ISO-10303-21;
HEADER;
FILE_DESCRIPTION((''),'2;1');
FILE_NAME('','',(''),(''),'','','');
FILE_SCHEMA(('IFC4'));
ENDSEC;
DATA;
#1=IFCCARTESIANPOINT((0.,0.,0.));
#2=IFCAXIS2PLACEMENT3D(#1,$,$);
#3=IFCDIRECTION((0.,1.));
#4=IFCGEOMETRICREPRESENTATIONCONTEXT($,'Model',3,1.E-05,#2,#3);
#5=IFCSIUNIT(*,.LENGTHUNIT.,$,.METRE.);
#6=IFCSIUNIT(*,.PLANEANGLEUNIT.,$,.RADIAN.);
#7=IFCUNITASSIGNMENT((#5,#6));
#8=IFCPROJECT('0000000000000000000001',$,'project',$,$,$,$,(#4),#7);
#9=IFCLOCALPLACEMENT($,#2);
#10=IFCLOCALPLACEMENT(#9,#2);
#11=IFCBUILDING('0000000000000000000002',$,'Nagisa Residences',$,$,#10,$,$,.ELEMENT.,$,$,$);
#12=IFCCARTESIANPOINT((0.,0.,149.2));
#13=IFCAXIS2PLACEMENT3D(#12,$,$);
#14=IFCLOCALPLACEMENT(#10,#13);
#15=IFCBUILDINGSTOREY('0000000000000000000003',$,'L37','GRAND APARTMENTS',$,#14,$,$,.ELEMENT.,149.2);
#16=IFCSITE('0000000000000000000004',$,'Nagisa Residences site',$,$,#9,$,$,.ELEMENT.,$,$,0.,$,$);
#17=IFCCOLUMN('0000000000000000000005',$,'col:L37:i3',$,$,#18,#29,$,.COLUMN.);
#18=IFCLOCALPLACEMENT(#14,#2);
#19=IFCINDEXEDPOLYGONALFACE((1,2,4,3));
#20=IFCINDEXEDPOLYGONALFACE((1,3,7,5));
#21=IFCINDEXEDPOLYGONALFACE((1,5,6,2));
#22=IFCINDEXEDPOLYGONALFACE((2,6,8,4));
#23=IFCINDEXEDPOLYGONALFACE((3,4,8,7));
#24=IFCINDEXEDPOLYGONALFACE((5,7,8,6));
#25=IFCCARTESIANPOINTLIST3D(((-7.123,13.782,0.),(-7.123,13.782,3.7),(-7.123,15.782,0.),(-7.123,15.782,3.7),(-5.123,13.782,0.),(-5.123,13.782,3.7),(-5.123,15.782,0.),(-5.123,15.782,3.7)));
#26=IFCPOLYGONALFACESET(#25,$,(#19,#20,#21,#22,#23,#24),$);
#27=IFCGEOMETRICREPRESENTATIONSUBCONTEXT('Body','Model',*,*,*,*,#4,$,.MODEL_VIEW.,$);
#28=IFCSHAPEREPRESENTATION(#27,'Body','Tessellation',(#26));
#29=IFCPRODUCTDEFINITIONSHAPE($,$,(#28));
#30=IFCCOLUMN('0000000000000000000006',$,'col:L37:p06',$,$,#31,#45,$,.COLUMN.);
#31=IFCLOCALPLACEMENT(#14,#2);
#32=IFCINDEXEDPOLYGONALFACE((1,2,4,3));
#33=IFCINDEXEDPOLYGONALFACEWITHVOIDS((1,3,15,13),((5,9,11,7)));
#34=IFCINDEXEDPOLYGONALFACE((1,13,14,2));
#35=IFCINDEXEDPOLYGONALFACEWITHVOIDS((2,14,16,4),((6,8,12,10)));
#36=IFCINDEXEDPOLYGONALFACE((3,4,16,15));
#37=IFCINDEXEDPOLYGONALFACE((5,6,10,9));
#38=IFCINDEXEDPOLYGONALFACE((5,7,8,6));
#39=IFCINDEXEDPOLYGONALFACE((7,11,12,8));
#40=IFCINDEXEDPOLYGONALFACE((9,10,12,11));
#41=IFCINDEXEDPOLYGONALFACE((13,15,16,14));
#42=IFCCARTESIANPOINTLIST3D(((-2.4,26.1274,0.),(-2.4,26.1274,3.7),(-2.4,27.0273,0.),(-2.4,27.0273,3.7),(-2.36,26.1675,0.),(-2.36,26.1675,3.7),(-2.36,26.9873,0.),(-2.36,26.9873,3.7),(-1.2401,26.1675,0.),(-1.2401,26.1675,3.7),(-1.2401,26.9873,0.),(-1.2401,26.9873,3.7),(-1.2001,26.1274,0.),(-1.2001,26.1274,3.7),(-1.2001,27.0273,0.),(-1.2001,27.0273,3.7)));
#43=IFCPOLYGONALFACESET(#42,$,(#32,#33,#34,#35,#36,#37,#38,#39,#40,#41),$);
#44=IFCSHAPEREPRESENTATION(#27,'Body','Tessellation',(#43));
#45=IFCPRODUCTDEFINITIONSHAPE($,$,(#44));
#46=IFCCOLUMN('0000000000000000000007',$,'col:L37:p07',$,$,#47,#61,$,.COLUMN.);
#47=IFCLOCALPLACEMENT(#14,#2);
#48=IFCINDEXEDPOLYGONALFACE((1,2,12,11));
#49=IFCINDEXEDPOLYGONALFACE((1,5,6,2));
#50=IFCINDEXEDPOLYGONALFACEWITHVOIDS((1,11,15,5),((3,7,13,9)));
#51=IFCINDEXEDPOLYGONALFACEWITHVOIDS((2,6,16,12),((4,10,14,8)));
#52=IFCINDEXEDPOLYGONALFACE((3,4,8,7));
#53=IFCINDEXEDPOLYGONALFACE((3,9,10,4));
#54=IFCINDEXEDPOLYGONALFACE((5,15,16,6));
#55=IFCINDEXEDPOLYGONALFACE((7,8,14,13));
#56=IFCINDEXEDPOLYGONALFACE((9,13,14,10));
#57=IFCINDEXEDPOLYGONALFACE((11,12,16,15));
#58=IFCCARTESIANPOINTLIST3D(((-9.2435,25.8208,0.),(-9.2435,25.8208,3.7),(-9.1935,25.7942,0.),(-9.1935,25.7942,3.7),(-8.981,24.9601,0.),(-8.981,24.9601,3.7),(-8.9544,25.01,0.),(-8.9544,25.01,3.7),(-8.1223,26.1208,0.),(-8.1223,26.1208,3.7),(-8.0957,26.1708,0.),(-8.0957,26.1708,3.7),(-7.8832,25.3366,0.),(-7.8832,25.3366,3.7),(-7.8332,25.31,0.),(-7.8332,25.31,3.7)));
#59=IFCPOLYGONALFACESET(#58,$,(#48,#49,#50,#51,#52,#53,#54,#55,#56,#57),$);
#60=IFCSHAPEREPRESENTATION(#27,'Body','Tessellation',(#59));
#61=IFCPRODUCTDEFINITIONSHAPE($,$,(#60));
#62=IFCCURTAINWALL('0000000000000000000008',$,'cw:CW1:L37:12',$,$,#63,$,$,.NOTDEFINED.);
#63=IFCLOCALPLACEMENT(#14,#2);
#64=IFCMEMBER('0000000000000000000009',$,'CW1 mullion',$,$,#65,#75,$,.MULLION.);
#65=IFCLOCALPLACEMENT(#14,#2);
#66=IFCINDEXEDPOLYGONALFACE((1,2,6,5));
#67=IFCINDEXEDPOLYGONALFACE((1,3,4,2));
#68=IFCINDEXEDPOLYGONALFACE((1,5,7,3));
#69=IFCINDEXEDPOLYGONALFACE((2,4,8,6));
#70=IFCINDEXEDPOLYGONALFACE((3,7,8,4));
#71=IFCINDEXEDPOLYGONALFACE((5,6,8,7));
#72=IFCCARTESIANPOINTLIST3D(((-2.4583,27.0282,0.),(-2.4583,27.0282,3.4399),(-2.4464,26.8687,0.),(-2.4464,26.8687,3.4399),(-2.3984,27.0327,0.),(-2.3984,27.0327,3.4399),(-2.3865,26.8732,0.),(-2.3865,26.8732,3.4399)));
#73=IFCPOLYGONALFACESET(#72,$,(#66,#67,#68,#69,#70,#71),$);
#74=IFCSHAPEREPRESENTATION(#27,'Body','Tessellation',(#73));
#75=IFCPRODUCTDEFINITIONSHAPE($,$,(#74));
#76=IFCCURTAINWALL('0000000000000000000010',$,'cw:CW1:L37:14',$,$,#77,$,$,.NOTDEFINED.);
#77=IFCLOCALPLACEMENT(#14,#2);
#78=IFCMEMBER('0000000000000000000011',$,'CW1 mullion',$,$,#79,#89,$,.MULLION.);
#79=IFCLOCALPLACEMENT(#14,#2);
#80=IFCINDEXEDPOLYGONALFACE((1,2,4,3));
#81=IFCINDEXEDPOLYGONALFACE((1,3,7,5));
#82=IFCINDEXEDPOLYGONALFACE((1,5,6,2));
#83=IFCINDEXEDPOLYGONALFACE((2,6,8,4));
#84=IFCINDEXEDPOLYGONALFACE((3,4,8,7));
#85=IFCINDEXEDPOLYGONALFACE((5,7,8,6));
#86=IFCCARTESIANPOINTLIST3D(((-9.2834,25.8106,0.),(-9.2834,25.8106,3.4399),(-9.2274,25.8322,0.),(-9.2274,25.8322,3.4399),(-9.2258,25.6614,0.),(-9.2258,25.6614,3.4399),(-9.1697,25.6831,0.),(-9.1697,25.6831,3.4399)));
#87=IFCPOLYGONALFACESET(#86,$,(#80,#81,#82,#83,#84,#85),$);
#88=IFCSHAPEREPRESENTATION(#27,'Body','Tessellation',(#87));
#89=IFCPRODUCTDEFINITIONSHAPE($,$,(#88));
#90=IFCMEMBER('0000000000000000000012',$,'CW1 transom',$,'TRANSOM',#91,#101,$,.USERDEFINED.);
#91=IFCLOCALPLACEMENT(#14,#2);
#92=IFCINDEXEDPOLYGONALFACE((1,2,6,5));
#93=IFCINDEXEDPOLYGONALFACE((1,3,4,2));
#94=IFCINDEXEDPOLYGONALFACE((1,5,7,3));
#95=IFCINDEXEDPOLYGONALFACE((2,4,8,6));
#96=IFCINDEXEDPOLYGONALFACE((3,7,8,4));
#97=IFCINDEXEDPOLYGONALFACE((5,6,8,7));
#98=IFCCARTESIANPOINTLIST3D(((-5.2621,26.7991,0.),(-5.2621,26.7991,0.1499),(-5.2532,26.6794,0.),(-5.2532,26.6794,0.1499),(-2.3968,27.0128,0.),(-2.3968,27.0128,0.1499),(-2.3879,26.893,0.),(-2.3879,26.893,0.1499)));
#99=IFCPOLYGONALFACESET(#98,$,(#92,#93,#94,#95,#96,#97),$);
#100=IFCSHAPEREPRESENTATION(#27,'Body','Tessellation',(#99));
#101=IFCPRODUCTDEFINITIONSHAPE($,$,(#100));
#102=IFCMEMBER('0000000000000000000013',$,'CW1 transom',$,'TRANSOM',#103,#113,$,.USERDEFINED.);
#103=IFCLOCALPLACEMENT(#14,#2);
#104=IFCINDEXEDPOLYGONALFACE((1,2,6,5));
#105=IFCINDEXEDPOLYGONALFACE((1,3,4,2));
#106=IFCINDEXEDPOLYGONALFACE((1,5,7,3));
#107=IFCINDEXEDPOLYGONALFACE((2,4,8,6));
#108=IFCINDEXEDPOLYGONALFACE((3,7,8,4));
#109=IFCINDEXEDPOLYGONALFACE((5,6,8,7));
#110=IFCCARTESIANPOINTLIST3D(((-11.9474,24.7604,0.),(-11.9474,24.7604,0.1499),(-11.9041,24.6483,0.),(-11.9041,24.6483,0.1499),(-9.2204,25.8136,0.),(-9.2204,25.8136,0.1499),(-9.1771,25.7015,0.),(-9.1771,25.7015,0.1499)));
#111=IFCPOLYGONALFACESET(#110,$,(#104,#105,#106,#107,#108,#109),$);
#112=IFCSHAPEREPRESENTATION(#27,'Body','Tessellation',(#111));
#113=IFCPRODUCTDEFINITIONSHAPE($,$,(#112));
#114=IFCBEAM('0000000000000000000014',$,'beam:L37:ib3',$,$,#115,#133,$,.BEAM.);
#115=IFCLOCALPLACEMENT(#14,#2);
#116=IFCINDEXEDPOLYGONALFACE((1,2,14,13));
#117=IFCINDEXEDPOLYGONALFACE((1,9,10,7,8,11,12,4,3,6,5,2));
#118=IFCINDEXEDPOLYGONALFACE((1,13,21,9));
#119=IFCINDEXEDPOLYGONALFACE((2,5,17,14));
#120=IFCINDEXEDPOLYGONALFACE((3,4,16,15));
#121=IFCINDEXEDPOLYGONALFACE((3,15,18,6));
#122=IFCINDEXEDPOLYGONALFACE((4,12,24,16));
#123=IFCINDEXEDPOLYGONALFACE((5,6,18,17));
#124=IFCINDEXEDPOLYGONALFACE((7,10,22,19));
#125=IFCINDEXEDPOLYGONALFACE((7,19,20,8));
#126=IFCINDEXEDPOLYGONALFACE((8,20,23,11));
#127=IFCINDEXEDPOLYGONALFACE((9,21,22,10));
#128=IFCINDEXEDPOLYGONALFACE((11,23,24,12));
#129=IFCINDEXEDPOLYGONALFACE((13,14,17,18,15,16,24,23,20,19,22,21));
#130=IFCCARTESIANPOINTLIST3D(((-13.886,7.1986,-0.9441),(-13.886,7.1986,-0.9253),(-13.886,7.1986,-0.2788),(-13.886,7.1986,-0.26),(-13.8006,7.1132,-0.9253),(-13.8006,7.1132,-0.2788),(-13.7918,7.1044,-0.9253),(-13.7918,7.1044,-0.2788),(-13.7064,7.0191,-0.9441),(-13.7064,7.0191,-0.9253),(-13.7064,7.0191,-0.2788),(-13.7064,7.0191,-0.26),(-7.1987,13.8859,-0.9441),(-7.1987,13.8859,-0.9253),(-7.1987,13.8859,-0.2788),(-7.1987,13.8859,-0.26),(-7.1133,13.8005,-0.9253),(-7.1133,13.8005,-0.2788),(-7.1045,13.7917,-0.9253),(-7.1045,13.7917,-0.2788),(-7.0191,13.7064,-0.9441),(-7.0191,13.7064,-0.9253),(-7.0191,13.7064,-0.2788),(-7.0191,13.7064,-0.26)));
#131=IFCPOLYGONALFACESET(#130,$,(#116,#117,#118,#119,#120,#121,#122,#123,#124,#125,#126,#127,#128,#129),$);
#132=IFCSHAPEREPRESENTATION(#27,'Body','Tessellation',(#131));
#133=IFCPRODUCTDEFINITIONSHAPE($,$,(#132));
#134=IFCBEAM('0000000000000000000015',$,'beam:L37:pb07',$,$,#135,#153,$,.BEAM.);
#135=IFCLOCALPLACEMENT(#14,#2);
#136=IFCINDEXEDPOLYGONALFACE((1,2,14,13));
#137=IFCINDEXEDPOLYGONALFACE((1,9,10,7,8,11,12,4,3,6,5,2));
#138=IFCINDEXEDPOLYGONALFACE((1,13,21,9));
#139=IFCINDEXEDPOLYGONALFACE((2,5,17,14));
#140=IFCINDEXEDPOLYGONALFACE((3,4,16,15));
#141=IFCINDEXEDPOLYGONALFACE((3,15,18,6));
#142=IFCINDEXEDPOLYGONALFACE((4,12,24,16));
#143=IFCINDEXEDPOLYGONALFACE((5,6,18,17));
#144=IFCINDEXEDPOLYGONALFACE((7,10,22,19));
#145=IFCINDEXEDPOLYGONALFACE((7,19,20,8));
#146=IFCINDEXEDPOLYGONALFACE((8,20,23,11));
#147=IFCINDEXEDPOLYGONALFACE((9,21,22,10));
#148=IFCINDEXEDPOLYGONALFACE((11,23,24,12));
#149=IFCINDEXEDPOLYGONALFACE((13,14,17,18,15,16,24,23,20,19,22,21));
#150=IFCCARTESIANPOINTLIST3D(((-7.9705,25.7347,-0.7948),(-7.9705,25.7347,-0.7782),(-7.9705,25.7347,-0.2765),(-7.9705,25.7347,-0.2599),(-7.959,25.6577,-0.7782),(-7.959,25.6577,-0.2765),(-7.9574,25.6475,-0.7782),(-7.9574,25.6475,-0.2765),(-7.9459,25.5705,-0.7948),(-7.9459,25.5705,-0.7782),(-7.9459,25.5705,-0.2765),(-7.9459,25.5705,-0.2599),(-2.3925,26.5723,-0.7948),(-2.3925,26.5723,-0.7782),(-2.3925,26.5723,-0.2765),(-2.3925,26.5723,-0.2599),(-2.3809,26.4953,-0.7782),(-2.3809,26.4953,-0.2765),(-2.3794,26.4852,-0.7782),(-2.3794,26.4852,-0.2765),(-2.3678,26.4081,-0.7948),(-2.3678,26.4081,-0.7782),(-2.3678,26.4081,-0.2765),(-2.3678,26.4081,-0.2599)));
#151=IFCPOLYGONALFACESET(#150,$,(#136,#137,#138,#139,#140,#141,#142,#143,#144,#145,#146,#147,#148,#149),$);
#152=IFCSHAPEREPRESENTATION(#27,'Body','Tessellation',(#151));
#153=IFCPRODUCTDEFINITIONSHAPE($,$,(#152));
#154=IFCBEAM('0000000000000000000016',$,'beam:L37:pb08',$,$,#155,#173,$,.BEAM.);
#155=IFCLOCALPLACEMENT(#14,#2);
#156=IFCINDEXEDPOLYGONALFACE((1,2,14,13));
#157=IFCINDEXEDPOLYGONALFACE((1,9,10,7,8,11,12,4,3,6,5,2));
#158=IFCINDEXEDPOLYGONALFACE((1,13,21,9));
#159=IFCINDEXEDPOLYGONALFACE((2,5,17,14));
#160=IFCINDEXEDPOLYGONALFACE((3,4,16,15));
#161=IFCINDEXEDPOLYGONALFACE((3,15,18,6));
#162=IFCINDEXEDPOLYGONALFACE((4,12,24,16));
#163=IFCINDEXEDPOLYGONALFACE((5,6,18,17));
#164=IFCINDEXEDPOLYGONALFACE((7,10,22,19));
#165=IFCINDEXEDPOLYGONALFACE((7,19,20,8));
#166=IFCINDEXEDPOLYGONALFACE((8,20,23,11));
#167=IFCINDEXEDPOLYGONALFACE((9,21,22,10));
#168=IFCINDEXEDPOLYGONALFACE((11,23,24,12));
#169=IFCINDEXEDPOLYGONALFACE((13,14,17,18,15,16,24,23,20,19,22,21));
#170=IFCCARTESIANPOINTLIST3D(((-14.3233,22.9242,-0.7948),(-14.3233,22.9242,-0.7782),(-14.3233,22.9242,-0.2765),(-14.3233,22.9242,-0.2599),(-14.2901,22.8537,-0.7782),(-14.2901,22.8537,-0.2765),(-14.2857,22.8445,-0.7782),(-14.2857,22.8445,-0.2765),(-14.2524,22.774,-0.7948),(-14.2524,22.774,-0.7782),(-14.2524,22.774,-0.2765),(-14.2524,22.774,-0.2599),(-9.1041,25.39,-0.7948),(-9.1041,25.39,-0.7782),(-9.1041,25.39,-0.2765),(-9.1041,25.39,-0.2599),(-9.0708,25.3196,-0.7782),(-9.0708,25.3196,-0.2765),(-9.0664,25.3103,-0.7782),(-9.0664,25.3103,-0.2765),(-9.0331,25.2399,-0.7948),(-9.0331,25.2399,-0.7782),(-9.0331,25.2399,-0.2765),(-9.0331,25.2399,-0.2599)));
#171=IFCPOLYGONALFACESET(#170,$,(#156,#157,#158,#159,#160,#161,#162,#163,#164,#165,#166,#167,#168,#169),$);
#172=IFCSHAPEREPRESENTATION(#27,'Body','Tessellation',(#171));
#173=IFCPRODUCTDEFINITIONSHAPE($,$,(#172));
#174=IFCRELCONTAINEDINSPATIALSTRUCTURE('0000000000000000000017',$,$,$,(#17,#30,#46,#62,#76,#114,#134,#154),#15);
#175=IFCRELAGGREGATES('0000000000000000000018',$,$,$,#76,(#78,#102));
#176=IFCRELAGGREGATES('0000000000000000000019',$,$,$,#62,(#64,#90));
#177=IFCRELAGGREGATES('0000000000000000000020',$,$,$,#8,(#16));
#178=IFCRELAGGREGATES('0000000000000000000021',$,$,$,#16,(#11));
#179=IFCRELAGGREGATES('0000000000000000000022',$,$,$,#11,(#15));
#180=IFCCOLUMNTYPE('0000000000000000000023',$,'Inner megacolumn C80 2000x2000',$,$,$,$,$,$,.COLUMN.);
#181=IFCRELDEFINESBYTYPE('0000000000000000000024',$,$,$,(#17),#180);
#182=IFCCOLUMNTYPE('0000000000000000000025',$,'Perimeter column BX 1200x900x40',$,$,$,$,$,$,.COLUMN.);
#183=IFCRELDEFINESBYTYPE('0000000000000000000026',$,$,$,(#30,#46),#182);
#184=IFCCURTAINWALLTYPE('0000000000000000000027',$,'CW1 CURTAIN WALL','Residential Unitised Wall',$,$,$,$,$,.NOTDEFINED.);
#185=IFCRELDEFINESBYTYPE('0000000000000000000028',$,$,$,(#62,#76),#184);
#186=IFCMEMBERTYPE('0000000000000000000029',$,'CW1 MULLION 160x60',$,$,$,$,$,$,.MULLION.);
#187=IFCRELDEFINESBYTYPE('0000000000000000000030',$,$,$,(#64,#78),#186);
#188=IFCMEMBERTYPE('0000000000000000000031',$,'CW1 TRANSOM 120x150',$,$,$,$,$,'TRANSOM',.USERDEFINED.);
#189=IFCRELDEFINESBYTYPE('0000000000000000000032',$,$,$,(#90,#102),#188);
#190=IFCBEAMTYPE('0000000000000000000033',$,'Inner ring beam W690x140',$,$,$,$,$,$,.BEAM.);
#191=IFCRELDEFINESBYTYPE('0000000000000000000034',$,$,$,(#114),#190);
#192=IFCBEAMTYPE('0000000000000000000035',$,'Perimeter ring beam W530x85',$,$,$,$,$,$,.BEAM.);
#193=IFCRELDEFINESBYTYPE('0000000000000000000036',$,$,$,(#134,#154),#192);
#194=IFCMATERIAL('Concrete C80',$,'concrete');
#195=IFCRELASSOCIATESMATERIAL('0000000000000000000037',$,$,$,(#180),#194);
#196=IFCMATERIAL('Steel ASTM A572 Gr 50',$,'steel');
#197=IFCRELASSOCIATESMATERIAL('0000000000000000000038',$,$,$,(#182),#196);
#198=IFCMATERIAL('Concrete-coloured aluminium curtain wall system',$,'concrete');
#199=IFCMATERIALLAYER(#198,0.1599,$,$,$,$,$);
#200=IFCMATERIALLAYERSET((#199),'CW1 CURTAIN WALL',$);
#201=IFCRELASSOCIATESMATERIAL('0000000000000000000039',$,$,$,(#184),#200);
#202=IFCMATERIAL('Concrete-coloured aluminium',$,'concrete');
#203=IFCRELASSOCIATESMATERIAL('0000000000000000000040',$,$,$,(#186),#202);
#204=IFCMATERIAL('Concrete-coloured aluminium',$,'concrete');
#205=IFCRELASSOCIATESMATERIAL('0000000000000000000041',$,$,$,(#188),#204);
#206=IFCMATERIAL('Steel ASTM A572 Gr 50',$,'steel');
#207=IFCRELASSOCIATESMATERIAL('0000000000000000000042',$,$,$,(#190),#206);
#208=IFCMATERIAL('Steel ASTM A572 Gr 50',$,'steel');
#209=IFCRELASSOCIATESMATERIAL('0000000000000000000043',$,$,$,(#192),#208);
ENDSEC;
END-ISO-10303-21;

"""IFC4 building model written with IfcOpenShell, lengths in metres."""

from ifc_helpers import new_model, si_unit, direction, frame, origin, origin_2d, place, context, subcontext, project, spatial, rectangle, hollow_rectangle, i_section, extrude, material, layer, layer_set, material_profile, profile_set, type_object, element, aggregate, save


model = new_model("IFC4")

# Units and contexts
model_context = context("Model", 3, precision=1e-05, world=origin(), true_north=direction((0.0, 1.0)))
body_context = subcontext(model_context, "Body", "Model", "MODEL_VIEW")
ifc_project = project(units=[si_unit("LENGTHUNIT", "METRE"), si_unit("PLANEANGLEUNIT", "RADIAN")], contexts=[model_context])

# Site, building, storey
site_placement = place(None, origin())
site = spatial("IfcSite", under=ifc_project, at=site_placement, Name="Nagisa Residences site", CompositionType="ELEMENT", RefElevation=0.0)
building_placement = place(site_placement, origin())
building = spatial("IfcBuilding", under=site, at=building_placement, Name="Nagisa Residences", CompositionType="ELEMENT")
storey_placement = place(building_placement, frame((0.0, 0.0, 149.2)))
storey = spatial("IfcBuildingStorey", under=building, at=storey_placement, Name="L37", Description="GRAND APARTMENTS", CompositionType="ELEMENT", Elevation=149.2)

# Columns
ifc_material_1 = material(Name="Concrete C80", Category="concrete")
ifc_material_profile_1 = material_profile(ifc_material_1, rectangle(XDim=2.0, YDim=2.0, at=origin_2d()), Name="C80 2000x2000")
ifc_profile_set_1 = profile_set([ifc_material_profile_1], Name="Concrete C80")
column_type_1 = type_object("IfcColumnType", Name="Inner megacolumn C80 2000x2000", PredefinedType="COLUMN", material=ifc_profile_set_1)
column_placement = place(storey_placement, frame((-6.123, 14.782, 0.0), z_axis=(0.0, 0.0, 1.0), x_axis=(1.0, 0.0, 0.0)))
element("IfcColumn", 1, at=column_placement, inside=storey, type_object=column_type_1, Name="col:L37:i3", PredefinedType="COLUMN", context=body_context, shape_type="SweptSolid", body=[
    extrude(rectangle(XDim=2.0, YDim=2.0, at=origin_2d()), origin(), (0.0, 0.0, 1.0), 3.7),
])
ifc_material_2 = material(Name="Steel ASTM A572 Gr 50", Category="steel")
ifc_material_profile_2 = material_profile(ifc_material_2, hollow_rectangle(XDim=1.2, YDim=0.8999, WallThickness=0.04, at=origin_2d()), Name="BX 1200x900x40")
ifc_profile_set_2 = profile_set([ifc_material_profile_2], Name="Steel ASTM A572 Gr 50")
column_type_2 = type_object("IfcColumnType", Name="Perimeter column BX 1200x900x40", PredefinedType="COLUMN", material=ifc_profile_set_2)
for number, where, z_axis, x_axis, name in (
    (2, (-1.8, 26.5774, 0.0), (0.0, 0.0, 1.0), (-1.0, 0.0, 0.0), "col:L37:p06"),
    (3, (-8.5383, 25.5654, 0.0), (0.0, 0.0, 1.0), (-0.956525, -0.291652, 0.0), "col:L37:p07"),
):
    element("IfcColumn", number, at=place(storey_placement, frame(where, z_axis=z_axis, x_axis=x_axis)), inside=storey, type_object=column_type_2, Name=name, PredefinedType="COLUMN", context=body_context, shape_type="SweptSolid", body=[
        extrude(hollow_rectangle(XDim=1.2, YDim=0.8999, WallThickness=0.04, at=origin_2d()), origin(), (0.0, 0.0, 1.0), 3.7),
    ])

# Curtain walls, members
ifc_material_3 = material(Name="Concrete-coloured aluminium curtain wall system", Category="concrete")
ifc_layer_1 = layer(ifc_material_3, 0.1599)
ifc_layer_set_1 = layer_set([ifc_layer_1], Name="CW1 CURTAIN WALL")
curtain_wall_type = type_object("IfcCurtainWallType", Name="CW1 CURTAIN WALL", Description="Residential Unitised Wall", PredefinedType="NOTDEFINED", material=ifc_layer_set_1)
curtain_wall_1_placement = place(storey_placement, origin())
curtain_wall_1 = element("IfcCurtainWall", 4, at=curtain_wall_1_placement, inside=storey, type_object=curtain_wall_type, Name="cw:CW1:L37:12", PredefinedType="NOTDEFINED")
ifc_material_4 = material(Name="Concrete-coloured aluminium", Category="concrete")
ifc_material_profile_3 = material_profile(ifc_material_4, rectangle(XDim=0.1599, YDim=0.0601, at=origin_2d()), Name="CW1 MULLION 160x60")
ifc_profile_set_3 = profile_set([ifc_material_profile_3], Name="Concrete-coloured aluminium")
member_type_1 = type_object("IfcMemberType", Name="CW1 MULLION 160x60", PredefinedType="MULLION", material=ifc_profile_set_3)
member_1_placement = place(storey_placement, frame((-2.4224, 26.9507, 0.0), z_axis=(0.0, 0.0, 1.0), x_axis=(0.074377, -0.99723, 0.0)))
member_1 = element("IfcMember", 5, at=member_1_placement, type_object=member_type_1, Name="CW1 mullion", PredefinedType="MULLION", context=body_context, shape_type="SweptSolid", body=[
    extrude(rectangle(XDim=0.1599, YDim=0.0601, at=origin_2d()), origin(), (0.0, 0.0, 1.0), 3.4399),
])
curtain_wall_2_placement = place(storey_placement, origin())
curtain_wall_2 = element("IfcCurtainWall", 6, at=curtain_wall_2_placement, inside=storey, type_object=curtain_wall_type, Name="cw:CW1:L37:14", PredefinedType="NOTDEFINED")
member_2_placement = place(storey_placement, frame((-9.2266, 25.7468, 0.0), z_axis=(0.0, 0.0, 1.0), x_axis=(0.360328, -0.932826, 0.0)))
member_2 = element("IfcMember", 7, at=member_2_placement, type_object=member_type_1, Name="CW1 mullion", PredefinedType="MULLION", context=body_context, shape_type="SweptSolid", body=[
    extrude(rectangle(XDim=0.1599, YDim=0.0601, at=origin_2d()), origin(), (0.0, 0.0, 1.0), 3.4399),
])

# Members
ifc_material_5 = material(Name="Concrete-coloured aluminium", Category="concrete")
ifc_material_profile_4 = material_profile(ifc_material_5, rectangle(XDim=0.1201, YDim=0.1499, at=origin_2d()), Name="CW1 TRANSOM 120x150")
ifc_profile_set_4 = profile_set([ifc_material_profile_4], Name="Concrete-coloured aluminium")
member_type_2 = type_object("IfcMemberType", Name="CW1 TRANSOM 120x150", ElementType="TRANSOM", PredefinedType="USERDEFINED", material=ifc_profile_set_4)
member_3_placement = place(storey_placement, frame((-2.3923, 26.9529, 0.075), z_axis=(-0.997232, -0.074351, 0.0), x_axis=(0.074351, -0.997232, 0.0)))
member_3 = element("IfcMember", 8, at=member_3_placement, type_object=member_type_2, Name="CW1 transom", ObjectType="TRANSOM", PredefinedType="USERDEFINED", context=body_context, shape_type="SweptSolid", body=[
    extrude(rectangle(XDim=0.1201, YDim=0.1499, at=origin_2d()), origin(), (0.0, 0.0, 1.0), 2.8733),
])
member_4_placement = place(storey_placement, frame((-9.1987, 25.7576, 0.075), z_axis=(-0.932845, -0.360277, 0.0), x_axis=(0.360277, -0.932845, 0.0)))
member_4 = element("IfcMember", 9, at=member_4_placement, type_object=member_type_2, Name="CW1 transom", ObjectType="TRANSOM", PredefinedType="USERDEFINED", context=body_context, shape_type="SweptSolid", body=[
    extrude(rectangle(XDim=0.1201, YDim=0.1499, at=origin_2d()), origin(), (0.0, 0.0, 1.0), 2.9233),
])
aggregate(curtain_wall_2, [member_2, member_4])

# Beams
ifc_material_6 = material(Name="Steel ASTM A572 Gr 50", Category="steel")
ifc_material_profile_5 = material_profile(ifc_material_6, i_section(OverallWidth=0.2539, OverallDepth=0.6841, WebThickness=0.0125, FlangeThickness=0.0188, at=origin_2d()), Name="W690x140")
ifc_profile_set_5 = profile_set([ifc_material_profile_5], Name="Steel ASTM A572 Gr 50")
beam_type_1 = type_object("IfcBeamType", Name="Inner ring beam W690x140", PredefinedType="BEAM", material=ifc_profile_set_5)
beam_1_placement = place(storey_placement, frame((-7.1089, 13.7961, -0.6021), z_axis=(-0.707107, -0.707107, 0.0), x_axis=(0.707107, -0.707107, 0.0)))
element("IfcBeam", 10, at=beam_1_placement, inside=storey, type_object=beam_type_1, Name="beam:L37:ib3", PredefinedType="BEAM", context=body_context, shape_type="SweptSolid", body=[
    extrude(i_section(OverallWidth=0.2539, OverallDepth=0.6841, WebThickness=0.0125, FlangeThickness=0.0188, at=origin_2d()), origin(), (0.0, 0.0, 1.0), 9.4573),
])
ifc_material_7 = material(Name="Steel ASTM A572 Gr 50", Category="steel")
ifc_material_profile_6 = material_profile(ifc_material_7, i_section(OverallWidth=0.166, OverallDepth=0.5349, WebThickness=0.0103, FlangeThickness=0.0166, at=origin_2d()), Name="W530x85")
ifc_profile_set_6 = profile_set([ifc_material_profile_6], Name="Steel ASTM A572 Gr 50")
beam_type_2 = type_object("IfcBeamType", Name="Perimeter ring beam W530x85", PredefinedType="BEAM", material=ifc_profile_set_6)
beam_2_placement = place(storey_placement, frame((-2.3801, 26.4902, -0.5273), z_axis=(-0.988912, -0.148501, 0.0), x_axis=(0.148501, -0.988912, 0.0)))
element("IfcBeam", 11, at=beam_2_placement, inside=storey, type_object=beam_type_2, Name="beam:L37:pb07", PredefinedType="BEAM", context=body_context, shape_type="SweptSolid", body=[
    extrude(i_section(OverallWidth=0.166, OverallDepth=0.5349, WebThickness=0.0103, FlangeThickness=0.0166, at=origin_2d()), origin(), (0.0, 0.0, 1.0), 5.6406),
])
beam_3_placement = place(storey_placement, frame((-9.0686, 25.3149, -0.5273), z_axis=(-0.90417, -0.427173, 0.0), x_axis=(0.427173, -0.90417, 0.0)))
element("IfcBeam", 12, at=beam_3_placement, inside=storey, type_object=beam_type_2, Name="beam:L37:pb08", PredefinedType="BEAM", context=body_context, shape_type="SweptSolid", body=[
    extrude(i_section(OverallWidth=0.166, OverallDepth=0.5349, WebThickness=0.0103, FlangeThickness=0.0166, at=origin_2d()), origin(), (0.0, 0.0, 1.0), 5.7725),
])

aggregate(curtain_wall_1, [member_1, member_3])

save(model, "model.ifc")
